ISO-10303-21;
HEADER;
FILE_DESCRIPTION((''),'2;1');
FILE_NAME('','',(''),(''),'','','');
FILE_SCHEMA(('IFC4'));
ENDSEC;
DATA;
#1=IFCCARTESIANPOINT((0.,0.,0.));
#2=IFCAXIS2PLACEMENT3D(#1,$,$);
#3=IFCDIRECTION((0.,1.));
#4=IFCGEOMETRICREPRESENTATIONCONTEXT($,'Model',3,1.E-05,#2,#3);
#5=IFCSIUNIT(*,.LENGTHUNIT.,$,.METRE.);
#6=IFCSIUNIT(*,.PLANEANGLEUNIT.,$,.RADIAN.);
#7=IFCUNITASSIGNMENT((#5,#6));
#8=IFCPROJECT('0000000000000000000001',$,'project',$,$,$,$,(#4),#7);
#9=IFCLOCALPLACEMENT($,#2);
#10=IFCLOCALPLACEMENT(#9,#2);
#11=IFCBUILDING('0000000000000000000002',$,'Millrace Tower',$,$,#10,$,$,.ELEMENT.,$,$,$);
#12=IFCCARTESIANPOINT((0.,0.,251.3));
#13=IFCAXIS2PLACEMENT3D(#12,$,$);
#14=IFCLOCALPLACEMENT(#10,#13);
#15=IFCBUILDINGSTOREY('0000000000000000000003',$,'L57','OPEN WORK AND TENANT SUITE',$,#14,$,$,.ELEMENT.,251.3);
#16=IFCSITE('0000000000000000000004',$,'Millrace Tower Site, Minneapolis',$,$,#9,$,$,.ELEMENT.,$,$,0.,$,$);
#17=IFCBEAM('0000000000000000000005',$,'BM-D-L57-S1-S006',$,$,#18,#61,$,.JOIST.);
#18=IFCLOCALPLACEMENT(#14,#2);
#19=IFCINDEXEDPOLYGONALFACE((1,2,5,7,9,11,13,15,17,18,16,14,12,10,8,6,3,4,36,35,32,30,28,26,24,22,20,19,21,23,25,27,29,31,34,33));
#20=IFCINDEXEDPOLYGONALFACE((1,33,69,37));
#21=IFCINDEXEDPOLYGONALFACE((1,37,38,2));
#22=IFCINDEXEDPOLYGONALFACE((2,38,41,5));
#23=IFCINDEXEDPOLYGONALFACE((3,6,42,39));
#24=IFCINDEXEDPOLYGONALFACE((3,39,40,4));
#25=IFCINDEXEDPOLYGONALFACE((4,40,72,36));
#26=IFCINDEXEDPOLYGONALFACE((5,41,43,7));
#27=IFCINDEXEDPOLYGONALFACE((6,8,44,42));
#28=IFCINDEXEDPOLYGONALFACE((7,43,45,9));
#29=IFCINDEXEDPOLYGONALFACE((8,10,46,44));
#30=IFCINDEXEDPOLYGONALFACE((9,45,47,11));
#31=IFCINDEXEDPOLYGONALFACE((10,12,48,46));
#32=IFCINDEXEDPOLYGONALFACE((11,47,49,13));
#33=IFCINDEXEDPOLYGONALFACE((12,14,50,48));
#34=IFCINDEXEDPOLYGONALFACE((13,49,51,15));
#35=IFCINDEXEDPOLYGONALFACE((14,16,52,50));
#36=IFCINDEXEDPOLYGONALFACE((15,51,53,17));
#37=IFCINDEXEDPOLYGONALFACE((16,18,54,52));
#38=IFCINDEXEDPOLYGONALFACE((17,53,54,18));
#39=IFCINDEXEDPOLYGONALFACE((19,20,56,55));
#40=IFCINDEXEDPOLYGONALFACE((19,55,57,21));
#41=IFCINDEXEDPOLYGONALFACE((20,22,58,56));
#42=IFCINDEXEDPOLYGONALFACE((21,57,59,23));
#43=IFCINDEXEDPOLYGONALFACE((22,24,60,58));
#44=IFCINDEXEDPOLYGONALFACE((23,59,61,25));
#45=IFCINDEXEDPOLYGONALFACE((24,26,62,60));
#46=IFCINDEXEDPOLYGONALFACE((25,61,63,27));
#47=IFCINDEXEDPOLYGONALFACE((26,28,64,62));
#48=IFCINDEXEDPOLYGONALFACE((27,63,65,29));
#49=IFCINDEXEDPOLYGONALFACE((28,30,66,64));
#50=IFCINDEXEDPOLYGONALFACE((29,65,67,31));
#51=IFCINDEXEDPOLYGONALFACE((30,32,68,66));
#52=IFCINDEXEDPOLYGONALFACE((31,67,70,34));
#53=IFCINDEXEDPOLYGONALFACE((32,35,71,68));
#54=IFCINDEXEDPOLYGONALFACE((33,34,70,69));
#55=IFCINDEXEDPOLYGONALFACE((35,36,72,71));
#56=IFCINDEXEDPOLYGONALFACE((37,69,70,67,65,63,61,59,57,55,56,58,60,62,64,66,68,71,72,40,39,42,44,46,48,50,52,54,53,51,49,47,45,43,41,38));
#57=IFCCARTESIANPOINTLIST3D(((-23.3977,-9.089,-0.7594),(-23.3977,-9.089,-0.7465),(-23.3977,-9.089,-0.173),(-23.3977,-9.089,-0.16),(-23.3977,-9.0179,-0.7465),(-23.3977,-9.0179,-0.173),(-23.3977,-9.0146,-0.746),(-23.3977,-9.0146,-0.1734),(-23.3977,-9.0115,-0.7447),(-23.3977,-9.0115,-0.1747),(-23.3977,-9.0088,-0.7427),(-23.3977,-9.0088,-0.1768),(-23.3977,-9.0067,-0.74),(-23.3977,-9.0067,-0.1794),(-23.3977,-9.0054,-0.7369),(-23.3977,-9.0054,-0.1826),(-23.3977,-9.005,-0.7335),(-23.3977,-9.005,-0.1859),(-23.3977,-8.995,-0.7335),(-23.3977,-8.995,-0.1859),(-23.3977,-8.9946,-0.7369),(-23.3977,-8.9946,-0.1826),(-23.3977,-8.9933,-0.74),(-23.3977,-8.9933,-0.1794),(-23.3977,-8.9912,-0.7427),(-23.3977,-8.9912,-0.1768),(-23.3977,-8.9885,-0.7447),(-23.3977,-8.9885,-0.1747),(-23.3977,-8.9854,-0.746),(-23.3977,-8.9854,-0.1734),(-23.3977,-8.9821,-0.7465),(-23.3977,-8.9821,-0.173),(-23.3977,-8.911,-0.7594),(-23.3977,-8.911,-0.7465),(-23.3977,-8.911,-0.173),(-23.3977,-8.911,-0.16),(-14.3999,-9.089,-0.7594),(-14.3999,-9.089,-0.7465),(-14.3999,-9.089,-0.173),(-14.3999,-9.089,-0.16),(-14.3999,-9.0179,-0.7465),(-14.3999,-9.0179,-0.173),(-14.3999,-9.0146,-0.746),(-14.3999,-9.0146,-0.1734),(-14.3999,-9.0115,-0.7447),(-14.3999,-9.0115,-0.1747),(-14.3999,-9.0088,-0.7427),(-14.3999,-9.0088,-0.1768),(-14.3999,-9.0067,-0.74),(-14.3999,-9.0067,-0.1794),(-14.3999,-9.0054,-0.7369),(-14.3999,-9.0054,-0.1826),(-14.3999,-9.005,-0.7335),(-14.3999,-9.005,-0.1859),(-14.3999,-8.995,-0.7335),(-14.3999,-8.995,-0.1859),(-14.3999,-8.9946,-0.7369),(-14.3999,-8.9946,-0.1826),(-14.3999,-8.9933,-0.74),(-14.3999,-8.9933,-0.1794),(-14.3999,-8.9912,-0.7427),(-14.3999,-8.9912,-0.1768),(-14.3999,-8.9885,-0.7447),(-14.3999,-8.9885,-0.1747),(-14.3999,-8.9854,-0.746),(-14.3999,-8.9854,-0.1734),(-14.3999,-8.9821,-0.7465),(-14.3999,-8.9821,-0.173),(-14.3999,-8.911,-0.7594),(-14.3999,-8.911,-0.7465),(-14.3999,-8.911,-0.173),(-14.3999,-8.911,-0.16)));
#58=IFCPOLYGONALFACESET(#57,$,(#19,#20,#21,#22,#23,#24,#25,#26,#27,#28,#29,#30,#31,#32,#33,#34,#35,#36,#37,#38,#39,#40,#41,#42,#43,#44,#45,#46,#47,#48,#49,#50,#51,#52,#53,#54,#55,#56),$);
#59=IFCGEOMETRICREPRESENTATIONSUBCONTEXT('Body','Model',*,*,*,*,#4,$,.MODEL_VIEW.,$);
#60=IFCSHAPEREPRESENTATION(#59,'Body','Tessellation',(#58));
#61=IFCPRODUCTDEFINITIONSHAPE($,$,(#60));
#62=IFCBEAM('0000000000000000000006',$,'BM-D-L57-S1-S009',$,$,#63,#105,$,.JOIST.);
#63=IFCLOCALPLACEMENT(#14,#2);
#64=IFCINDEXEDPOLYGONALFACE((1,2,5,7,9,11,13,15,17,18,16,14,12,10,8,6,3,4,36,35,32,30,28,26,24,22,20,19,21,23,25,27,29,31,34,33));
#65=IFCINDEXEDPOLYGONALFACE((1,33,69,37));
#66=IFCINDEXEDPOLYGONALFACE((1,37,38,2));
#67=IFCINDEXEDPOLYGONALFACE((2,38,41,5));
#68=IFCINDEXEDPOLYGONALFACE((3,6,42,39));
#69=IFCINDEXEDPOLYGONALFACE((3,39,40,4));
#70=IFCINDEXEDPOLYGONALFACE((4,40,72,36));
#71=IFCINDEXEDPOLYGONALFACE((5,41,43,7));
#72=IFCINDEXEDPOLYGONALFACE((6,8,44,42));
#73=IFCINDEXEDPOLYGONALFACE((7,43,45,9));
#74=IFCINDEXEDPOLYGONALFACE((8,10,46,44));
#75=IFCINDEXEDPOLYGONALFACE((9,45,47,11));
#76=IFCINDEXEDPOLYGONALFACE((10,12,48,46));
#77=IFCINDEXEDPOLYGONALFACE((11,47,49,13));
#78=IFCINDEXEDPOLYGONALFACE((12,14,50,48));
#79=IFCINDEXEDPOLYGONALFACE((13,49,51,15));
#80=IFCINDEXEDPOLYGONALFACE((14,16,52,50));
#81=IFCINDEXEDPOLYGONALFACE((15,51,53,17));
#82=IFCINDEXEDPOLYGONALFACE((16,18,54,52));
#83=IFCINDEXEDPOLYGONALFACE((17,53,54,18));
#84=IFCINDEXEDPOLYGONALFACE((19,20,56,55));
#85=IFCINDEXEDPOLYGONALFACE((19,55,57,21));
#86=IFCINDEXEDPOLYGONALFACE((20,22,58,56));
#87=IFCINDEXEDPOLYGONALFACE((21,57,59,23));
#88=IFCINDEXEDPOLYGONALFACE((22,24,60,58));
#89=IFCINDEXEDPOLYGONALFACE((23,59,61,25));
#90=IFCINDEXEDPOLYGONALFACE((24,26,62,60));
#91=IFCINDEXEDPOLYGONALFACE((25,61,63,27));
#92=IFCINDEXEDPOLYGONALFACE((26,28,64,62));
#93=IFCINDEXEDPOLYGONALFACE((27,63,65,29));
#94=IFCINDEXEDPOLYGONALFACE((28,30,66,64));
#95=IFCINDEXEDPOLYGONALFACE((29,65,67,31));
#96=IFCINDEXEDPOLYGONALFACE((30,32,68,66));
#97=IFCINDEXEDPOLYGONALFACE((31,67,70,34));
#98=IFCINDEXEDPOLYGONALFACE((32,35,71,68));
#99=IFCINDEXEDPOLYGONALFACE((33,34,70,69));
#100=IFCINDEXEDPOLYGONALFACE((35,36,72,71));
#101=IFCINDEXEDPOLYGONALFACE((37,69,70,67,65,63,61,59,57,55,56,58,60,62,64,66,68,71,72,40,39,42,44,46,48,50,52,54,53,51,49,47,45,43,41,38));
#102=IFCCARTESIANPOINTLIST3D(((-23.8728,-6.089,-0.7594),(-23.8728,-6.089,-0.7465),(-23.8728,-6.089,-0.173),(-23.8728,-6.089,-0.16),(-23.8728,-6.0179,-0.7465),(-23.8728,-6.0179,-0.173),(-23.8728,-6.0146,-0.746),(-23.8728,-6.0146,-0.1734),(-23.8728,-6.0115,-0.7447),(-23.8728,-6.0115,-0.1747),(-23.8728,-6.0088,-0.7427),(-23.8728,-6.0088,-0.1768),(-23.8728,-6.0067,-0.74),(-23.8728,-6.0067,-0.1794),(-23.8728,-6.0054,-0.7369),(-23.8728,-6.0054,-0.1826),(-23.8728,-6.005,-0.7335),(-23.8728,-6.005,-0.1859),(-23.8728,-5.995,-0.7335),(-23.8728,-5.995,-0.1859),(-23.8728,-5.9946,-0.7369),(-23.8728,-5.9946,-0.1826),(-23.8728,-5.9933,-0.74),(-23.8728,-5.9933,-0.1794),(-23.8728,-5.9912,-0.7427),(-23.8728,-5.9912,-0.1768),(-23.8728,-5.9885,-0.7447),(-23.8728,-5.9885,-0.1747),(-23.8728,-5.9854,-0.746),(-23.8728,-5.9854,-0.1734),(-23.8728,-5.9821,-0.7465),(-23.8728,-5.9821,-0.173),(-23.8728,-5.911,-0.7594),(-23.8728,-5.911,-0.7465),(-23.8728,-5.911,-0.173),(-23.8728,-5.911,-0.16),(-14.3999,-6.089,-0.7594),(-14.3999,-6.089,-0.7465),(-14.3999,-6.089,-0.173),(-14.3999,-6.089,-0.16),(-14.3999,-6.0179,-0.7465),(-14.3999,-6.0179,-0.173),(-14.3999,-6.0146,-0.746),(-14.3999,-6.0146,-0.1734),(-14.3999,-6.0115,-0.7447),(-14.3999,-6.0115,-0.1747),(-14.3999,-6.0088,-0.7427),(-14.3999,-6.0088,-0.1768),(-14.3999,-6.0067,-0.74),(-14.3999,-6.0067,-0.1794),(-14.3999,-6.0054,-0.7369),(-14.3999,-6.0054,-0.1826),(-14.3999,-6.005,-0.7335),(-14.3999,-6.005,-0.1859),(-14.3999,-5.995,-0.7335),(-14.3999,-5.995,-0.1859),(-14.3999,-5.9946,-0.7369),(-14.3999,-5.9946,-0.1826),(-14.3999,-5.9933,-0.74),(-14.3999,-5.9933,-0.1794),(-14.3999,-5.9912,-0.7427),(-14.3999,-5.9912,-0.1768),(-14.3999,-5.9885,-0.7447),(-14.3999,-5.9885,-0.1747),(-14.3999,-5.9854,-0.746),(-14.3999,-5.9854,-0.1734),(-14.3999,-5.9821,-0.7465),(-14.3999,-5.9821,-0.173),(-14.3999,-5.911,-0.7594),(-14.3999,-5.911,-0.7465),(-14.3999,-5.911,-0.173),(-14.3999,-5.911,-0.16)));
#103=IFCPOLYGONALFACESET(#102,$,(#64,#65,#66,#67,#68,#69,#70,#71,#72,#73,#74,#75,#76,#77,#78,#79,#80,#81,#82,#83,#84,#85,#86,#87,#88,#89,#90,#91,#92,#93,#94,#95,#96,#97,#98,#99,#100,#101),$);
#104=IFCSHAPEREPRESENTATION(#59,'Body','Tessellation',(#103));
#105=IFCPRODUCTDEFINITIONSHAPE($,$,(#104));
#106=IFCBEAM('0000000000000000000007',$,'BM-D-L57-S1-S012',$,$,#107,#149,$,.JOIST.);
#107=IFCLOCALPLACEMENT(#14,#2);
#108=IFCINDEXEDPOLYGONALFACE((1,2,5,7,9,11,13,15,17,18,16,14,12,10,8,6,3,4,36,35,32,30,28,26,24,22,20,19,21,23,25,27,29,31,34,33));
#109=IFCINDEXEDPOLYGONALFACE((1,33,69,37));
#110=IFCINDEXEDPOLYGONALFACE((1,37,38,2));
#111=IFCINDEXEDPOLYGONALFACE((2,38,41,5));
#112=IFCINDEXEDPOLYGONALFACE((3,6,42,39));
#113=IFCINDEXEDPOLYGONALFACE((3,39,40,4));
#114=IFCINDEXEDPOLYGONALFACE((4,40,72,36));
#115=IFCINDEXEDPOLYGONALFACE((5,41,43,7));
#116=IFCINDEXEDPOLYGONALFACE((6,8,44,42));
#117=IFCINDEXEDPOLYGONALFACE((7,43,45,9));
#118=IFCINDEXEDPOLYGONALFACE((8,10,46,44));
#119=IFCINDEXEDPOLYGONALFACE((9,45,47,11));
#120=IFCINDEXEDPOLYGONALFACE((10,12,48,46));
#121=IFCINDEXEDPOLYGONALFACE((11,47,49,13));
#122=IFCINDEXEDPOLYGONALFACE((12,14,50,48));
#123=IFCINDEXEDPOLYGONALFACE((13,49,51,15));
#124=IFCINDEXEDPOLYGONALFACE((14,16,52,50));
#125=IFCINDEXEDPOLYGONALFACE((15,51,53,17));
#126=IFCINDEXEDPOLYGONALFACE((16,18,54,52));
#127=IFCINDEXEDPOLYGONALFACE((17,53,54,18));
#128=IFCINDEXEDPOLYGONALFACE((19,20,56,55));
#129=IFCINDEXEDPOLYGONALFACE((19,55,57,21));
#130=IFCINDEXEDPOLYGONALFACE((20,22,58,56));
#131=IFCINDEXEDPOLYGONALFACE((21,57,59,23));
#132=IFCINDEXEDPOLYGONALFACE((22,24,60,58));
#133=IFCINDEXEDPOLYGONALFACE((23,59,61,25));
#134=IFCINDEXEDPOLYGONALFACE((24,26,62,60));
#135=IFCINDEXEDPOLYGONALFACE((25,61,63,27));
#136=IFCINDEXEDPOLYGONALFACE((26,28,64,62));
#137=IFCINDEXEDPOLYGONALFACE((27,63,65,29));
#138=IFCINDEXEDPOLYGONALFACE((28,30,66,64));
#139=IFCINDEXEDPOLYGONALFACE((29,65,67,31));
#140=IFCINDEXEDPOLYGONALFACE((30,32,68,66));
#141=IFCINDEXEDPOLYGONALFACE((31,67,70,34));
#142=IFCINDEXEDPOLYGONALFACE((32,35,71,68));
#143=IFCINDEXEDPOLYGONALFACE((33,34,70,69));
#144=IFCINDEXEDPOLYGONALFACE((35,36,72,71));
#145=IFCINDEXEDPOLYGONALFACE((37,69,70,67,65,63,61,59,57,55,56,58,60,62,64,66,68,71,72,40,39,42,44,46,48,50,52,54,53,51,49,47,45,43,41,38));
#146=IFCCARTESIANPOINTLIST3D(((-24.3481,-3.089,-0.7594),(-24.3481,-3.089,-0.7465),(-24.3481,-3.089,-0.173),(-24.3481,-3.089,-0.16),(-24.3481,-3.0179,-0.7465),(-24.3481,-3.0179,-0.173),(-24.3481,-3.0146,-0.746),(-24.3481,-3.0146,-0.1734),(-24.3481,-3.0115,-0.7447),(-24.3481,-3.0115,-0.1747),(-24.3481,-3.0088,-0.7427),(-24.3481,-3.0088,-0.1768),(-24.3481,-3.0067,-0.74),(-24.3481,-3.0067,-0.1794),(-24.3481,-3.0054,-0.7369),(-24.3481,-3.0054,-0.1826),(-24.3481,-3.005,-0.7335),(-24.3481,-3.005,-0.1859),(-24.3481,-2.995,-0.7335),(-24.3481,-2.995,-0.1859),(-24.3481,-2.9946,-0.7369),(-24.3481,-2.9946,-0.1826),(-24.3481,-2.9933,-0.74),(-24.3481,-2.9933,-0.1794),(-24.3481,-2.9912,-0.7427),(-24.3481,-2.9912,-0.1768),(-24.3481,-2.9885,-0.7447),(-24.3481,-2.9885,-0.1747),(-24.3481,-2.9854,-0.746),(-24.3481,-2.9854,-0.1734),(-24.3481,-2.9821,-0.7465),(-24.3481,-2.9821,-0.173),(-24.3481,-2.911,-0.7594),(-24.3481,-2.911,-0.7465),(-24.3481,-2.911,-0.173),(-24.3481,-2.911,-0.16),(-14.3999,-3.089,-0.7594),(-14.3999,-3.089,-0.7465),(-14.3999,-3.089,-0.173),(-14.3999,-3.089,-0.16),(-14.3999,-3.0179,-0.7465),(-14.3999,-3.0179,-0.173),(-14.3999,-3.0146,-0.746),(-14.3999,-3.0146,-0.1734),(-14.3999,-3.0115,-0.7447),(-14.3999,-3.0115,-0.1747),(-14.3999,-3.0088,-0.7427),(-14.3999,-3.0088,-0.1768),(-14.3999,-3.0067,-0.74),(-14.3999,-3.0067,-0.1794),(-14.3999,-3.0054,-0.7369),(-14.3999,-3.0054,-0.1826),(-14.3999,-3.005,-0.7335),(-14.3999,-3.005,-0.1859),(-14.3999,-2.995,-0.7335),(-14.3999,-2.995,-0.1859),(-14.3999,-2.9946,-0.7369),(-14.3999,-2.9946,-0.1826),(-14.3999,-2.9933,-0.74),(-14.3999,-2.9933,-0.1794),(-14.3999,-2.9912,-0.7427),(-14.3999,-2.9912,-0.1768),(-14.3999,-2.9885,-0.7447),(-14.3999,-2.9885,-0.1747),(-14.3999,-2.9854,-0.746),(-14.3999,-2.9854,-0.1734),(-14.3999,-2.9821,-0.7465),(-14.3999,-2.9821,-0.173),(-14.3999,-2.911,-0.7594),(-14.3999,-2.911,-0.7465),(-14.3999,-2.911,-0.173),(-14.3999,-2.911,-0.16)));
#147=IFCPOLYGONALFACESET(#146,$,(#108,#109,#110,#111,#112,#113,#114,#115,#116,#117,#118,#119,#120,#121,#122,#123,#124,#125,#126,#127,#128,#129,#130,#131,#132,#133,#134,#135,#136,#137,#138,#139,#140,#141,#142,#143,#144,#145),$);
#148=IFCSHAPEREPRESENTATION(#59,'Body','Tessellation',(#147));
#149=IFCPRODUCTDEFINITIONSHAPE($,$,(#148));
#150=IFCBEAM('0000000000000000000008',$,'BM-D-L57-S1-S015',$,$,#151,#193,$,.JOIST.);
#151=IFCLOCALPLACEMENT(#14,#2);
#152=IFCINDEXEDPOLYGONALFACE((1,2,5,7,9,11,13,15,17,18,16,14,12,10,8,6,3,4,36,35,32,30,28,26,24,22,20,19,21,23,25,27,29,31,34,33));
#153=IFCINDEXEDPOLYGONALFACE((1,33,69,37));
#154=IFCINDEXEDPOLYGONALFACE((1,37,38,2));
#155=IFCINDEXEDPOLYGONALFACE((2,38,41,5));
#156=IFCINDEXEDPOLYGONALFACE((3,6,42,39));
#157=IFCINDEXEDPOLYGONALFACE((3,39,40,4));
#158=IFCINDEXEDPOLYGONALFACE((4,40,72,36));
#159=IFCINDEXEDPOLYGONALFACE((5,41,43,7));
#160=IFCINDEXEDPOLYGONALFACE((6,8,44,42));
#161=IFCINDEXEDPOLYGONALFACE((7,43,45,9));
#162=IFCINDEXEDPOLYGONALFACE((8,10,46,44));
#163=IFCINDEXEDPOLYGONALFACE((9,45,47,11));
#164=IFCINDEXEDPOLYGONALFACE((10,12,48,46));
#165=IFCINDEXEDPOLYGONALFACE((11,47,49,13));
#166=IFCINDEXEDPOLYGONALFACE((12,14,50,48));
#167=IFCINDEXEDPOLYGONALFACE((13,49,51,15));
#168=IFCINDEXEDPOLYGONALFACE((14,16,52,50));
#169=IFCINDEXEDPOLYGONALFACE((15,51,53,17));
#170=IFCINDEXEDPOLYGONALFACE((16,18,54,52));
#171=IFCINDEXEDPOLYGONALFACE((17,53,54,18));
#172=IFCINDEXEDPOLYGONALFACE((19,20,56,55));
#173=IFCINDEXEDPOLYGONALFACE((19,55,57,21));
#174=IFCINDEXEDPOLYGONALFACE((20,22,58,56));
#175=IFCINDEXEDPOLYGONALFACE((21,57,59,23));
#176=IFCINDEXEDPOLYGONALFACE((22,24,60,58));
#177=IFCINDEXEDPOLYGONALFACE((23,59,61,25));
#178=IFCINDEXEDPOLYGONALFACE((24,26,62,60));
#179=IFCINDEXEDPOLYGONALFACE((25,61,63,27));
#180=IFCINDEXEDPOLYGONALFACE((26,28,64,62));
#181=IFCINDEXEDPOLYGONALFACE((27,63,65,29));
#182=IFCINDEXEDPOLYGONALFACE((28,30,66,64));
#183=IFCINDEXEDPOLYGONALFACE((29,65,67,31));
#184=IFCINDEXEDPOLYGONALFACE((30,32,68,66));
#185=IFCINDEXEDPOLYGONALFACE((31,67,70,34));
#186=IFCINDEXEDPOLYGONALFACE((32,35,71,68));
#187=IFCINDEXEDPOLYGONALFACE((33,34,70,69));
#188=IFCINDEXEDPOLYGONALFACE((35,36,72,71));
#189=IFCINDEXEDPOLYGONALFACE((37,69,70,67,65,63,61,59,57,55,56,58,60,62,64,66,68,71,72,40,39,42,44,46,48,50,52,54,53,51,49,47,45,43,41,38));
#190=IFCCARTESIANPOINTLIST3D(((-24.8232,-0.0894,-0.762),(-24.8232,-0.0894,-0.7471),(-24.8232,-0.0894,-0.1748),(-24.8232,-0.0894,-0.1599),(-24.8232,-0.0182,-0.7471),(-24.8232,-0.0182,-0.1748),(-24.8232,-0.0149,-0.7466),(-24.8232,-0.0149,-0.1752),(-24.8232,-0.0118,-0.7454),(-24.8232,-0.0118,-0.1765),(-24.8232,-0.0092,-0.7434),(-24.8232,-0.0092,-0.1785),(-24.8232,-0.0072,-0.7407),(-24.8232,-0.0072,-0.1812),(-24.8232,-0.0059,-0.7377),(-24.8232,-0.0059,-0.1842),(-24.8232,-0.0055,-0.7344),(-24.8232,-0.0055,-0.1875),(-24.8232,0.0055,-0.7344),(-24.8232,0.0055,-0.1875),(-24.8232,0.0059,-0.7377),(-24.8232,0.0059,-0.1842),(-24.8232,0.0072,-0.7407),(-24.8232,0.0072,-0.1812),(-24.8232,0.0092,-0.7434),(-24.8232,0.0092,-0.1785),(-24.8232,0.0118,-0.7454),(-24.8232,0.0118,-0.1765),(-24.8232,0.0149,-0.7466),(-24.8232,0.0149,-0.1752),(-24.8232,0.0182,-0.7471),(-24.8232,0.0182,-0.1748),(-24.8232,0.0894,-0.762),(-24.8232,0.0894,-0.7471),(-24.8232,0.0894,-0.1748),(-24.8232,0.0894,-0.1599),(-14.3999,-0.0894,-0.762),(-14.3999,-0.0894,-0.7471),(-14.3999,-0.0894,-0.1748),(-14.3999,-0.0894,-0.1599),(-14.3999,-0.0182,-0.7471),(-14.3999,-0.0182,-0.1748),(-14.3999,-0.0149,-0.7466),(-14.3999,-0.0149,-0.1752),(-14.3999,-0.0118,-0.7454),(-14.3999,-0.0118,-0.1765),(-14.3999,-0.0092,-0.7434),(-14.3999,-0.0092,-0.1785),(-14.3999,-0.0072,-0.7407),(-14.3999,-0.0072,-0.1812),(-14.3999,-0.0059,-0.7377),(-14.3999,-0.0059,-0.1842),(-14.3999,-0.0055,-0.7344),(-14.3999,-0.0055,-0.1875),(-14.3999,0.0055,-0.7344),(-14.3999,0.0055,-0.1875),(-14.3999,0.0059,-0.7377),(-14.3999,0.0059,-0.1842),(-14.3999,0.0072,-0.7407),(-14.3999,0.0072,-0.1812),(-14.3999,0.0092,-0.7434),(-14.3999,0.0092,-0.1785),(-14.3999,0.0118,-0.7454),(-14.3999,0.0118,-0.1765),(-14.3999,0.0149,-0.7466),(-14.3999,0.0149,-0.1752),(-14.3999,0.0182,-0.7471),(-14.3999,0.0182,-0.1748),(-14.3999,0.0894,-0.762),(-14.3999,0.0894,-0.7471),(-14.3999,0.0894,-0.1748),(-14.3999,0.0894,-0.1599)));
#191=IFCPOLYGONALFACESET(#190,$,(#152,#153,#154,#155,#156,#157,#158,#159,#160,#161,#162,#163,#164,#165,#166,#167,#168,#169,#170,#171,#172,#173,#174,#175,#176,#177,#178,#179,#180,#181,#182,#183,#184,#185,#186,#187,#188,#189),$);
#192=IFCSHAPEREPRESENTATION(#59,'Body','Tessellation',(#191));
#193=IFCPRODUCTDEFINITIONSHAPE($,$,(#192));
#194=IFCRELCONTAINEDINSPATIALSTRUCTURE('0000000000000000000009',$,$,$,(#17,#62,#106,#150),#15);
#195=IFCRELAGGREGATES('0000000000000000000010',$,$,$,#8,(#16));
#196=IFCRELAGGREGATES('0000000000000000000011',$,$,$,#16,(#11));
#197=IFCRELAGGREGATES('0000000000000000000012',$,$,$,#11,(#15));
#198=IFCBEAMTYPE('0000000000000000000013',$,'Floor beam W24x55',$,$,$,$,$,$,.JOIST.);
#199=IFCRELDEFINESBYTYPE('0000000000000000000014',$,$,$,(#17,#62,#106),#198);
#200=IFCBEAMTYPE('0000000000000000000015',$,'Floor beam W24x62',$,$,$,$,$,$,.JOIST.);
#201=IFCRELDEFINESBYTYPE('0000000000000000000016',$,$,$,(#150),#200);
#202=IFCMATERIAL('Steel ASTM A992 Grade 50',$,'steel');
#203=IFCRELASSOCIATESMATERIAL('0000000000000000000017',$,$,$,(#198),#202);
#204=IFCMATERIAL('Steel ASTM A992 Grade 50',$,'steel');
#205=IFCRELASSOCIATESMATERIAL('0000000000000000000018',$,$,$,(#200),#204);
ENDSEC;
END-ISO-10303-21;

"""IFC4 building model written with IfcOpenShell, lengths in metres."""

from ifc_helpers import new_model, si_unit, direction, frame, origin, origin_2d, place, context, subcontext, project, spatial, i_section, extrude, material, material_profile, profile_set, type_object, element, save


model = new_model("IFC4")

# Units and contexts
model_context = context("Model", 3, precision=1e-05, world=origin(), true_north=direction((0.0, 1.0)))
body_context = subcontext(model_context, "Body", "Model", "MODEL_VIEW")
ifc_project = project(units=[si_unit("LENGTHUNIT", "METRE"), si_unit("PLANEANGLEUNIT", "RADIAN")], contexts=[model_context])

# Site, building, storey
site_placement = place(None, origin())
site = spatial("IfcSite", under=ifc_project, at=site_placement, Name="Millrace Tower Site, Minneapolis", CompositionType="ELEMENT", RefElevation=0.0)
building_placement = place(site_placement, origin())
building = spatial("IfcBuilding", under=site, at=building_placement, Name="Millrace Tower", CompositionType="ELEMENT")
storey_placement = place(building_placement, frame((0.0, 0.0, 251.3)))
storey = spatial("IfcBuildingStorey", under=building, at=storey_placement, Name="L57", Description="OPEN WORK AND TENANT SUITE", CompositionType="ELEMENT", Elevation=251.3)

# Beams
ifc_material_1 = material(Name="Steel ASTM A992 Grade 50", Category="steel")
ifc_material_profile_1 = material_profile(ifc_material_1, i_section(OverallWidth=0.178, OverallDepth=0.5994, WebThickness=0.01, FlangeThickness=0.0129, FilletRadius=0.0129, at=origin_2d()))
ifc_profile_set_1 = profile_set([ifc_material_profile_1], Name="Steel ASTM A992 Grade 50")
beam_type_1 = type_object("IfcBeamType", Name="Floor beam W24x55", PredefinedType="JOIST", material=ifc_profile_set_1)
beam_1_placement = place(storey_placement, frame((-23.3977, -9.0, -0.4597), z_axis=(1.0, 0.0, 0.0), x_axis=(0.0, 1.0, 0.0)))
element("IfcBeam", 1, at=beam_1_placement, inside=storey, type_object=beam_type_1, Name="BM-D-L57-S1-S006", PredefinedType="JOIST", context=body_context, shape_type="SweptSolid", body=[
    extrude(i_section(OverallWidth=0.178, OverallDepth=0.5994, WebThickness=0.01, FlangeThickness=0.0129, FilletRadius=0.0129, at=origin_2d()), origin(), (0.0, 0.0, 1.0), 8.9978),
])
beam_2_placement = place(storey_placement, frame((-23.8728, -6.0, -0.4597), z_axis=(1.0, 0.0, 0.0), x_axis=(0.0, 1.0, 0.0)))
element("IfcBeam", 2, at=beam_2_placement, inside=storey, type_object=beam_type_1, Name="BM-D-L57-S1-S009", PredefinedType="JOIST", context=body_context, shape_type="SweptSolid", body=[
    extrude(i_section(OverallWidth=0.178, OverallDepth=0.5994, WebThickness=0.01, FlangeThickness=0.0129, FilletRadius=0.0129, at=origin_2d()), origin(), (0.0, 0.0, 1.0), 9.4729),
])
beam_3_placement = place(storey_placement, frame((-24.3481, -3.0, -0.4597), z_axis=(1.0, 0.0, 0.0), x_axis=(0.0, 1.0, 0.0)))
element("IfcBeam", 3, at=beam_3_placement, inside=storey, type_object=beam_type_1, Name="BM-D-L57-S1-S012", PredefinedType="JOIST", context=body_context, shape_type="SweptSolid", body=[
    extrude(i_section(OverallWidth=0.178, OverallDepth=0.5994, WebThickness=0.01, FlangeThickness=0.0129, FilletRadius=0.0129, at=origin_2d()), origin(), (0.0, 0.0, 1.0), 9.9482),
])
ifc_material_2 = material(Name="Steel ASTM A992 Grade 50", Category="steel")
ifc_material_profile_2 = material_profile(ifc_material_2, i_section(OverallWidth=0.1787, OverallDepth=0.6021, WebThickness=0.011, FlangeThickness=0.0149, FilletRadius=0.0127, at=origin_2d()))
ifc_profile_set_2 = profile_set([ifc_material_profile_2], Name="Steel ASTM A992 Grade 50")
beam_type_2 = type_object("IfcBeamType", Name="Floor beam W24x62", PredefinedType="JOIST", material=ifc_profile_set_2)
beam_4_placement = place(storey_placement, frame((-24.8232, 0.0, -0.4609), z_axis=(1.0, 0.0, 0.0), x_axis=(0.0, 1.0, 0.0)))
element("IfcBeam", 4, at=beam_4_placement, inside=storey, type_object=beam_type_2, Name="BM-D-L57-S1-S015", PredefinedType="JOIST", context=body_context, shape_type="SweptSolid", body=[
    extrude(i_section(OverallWidth=0.1787, OverallDepth=0.6021, WebThickness=0.011, FlangeThickness=0.0149, FilletRadius=0.0127, at=origin_2d()), origin(), (0.0, 0.0, 1.0), 10.4233),
])

save(model, "model.ifc")
